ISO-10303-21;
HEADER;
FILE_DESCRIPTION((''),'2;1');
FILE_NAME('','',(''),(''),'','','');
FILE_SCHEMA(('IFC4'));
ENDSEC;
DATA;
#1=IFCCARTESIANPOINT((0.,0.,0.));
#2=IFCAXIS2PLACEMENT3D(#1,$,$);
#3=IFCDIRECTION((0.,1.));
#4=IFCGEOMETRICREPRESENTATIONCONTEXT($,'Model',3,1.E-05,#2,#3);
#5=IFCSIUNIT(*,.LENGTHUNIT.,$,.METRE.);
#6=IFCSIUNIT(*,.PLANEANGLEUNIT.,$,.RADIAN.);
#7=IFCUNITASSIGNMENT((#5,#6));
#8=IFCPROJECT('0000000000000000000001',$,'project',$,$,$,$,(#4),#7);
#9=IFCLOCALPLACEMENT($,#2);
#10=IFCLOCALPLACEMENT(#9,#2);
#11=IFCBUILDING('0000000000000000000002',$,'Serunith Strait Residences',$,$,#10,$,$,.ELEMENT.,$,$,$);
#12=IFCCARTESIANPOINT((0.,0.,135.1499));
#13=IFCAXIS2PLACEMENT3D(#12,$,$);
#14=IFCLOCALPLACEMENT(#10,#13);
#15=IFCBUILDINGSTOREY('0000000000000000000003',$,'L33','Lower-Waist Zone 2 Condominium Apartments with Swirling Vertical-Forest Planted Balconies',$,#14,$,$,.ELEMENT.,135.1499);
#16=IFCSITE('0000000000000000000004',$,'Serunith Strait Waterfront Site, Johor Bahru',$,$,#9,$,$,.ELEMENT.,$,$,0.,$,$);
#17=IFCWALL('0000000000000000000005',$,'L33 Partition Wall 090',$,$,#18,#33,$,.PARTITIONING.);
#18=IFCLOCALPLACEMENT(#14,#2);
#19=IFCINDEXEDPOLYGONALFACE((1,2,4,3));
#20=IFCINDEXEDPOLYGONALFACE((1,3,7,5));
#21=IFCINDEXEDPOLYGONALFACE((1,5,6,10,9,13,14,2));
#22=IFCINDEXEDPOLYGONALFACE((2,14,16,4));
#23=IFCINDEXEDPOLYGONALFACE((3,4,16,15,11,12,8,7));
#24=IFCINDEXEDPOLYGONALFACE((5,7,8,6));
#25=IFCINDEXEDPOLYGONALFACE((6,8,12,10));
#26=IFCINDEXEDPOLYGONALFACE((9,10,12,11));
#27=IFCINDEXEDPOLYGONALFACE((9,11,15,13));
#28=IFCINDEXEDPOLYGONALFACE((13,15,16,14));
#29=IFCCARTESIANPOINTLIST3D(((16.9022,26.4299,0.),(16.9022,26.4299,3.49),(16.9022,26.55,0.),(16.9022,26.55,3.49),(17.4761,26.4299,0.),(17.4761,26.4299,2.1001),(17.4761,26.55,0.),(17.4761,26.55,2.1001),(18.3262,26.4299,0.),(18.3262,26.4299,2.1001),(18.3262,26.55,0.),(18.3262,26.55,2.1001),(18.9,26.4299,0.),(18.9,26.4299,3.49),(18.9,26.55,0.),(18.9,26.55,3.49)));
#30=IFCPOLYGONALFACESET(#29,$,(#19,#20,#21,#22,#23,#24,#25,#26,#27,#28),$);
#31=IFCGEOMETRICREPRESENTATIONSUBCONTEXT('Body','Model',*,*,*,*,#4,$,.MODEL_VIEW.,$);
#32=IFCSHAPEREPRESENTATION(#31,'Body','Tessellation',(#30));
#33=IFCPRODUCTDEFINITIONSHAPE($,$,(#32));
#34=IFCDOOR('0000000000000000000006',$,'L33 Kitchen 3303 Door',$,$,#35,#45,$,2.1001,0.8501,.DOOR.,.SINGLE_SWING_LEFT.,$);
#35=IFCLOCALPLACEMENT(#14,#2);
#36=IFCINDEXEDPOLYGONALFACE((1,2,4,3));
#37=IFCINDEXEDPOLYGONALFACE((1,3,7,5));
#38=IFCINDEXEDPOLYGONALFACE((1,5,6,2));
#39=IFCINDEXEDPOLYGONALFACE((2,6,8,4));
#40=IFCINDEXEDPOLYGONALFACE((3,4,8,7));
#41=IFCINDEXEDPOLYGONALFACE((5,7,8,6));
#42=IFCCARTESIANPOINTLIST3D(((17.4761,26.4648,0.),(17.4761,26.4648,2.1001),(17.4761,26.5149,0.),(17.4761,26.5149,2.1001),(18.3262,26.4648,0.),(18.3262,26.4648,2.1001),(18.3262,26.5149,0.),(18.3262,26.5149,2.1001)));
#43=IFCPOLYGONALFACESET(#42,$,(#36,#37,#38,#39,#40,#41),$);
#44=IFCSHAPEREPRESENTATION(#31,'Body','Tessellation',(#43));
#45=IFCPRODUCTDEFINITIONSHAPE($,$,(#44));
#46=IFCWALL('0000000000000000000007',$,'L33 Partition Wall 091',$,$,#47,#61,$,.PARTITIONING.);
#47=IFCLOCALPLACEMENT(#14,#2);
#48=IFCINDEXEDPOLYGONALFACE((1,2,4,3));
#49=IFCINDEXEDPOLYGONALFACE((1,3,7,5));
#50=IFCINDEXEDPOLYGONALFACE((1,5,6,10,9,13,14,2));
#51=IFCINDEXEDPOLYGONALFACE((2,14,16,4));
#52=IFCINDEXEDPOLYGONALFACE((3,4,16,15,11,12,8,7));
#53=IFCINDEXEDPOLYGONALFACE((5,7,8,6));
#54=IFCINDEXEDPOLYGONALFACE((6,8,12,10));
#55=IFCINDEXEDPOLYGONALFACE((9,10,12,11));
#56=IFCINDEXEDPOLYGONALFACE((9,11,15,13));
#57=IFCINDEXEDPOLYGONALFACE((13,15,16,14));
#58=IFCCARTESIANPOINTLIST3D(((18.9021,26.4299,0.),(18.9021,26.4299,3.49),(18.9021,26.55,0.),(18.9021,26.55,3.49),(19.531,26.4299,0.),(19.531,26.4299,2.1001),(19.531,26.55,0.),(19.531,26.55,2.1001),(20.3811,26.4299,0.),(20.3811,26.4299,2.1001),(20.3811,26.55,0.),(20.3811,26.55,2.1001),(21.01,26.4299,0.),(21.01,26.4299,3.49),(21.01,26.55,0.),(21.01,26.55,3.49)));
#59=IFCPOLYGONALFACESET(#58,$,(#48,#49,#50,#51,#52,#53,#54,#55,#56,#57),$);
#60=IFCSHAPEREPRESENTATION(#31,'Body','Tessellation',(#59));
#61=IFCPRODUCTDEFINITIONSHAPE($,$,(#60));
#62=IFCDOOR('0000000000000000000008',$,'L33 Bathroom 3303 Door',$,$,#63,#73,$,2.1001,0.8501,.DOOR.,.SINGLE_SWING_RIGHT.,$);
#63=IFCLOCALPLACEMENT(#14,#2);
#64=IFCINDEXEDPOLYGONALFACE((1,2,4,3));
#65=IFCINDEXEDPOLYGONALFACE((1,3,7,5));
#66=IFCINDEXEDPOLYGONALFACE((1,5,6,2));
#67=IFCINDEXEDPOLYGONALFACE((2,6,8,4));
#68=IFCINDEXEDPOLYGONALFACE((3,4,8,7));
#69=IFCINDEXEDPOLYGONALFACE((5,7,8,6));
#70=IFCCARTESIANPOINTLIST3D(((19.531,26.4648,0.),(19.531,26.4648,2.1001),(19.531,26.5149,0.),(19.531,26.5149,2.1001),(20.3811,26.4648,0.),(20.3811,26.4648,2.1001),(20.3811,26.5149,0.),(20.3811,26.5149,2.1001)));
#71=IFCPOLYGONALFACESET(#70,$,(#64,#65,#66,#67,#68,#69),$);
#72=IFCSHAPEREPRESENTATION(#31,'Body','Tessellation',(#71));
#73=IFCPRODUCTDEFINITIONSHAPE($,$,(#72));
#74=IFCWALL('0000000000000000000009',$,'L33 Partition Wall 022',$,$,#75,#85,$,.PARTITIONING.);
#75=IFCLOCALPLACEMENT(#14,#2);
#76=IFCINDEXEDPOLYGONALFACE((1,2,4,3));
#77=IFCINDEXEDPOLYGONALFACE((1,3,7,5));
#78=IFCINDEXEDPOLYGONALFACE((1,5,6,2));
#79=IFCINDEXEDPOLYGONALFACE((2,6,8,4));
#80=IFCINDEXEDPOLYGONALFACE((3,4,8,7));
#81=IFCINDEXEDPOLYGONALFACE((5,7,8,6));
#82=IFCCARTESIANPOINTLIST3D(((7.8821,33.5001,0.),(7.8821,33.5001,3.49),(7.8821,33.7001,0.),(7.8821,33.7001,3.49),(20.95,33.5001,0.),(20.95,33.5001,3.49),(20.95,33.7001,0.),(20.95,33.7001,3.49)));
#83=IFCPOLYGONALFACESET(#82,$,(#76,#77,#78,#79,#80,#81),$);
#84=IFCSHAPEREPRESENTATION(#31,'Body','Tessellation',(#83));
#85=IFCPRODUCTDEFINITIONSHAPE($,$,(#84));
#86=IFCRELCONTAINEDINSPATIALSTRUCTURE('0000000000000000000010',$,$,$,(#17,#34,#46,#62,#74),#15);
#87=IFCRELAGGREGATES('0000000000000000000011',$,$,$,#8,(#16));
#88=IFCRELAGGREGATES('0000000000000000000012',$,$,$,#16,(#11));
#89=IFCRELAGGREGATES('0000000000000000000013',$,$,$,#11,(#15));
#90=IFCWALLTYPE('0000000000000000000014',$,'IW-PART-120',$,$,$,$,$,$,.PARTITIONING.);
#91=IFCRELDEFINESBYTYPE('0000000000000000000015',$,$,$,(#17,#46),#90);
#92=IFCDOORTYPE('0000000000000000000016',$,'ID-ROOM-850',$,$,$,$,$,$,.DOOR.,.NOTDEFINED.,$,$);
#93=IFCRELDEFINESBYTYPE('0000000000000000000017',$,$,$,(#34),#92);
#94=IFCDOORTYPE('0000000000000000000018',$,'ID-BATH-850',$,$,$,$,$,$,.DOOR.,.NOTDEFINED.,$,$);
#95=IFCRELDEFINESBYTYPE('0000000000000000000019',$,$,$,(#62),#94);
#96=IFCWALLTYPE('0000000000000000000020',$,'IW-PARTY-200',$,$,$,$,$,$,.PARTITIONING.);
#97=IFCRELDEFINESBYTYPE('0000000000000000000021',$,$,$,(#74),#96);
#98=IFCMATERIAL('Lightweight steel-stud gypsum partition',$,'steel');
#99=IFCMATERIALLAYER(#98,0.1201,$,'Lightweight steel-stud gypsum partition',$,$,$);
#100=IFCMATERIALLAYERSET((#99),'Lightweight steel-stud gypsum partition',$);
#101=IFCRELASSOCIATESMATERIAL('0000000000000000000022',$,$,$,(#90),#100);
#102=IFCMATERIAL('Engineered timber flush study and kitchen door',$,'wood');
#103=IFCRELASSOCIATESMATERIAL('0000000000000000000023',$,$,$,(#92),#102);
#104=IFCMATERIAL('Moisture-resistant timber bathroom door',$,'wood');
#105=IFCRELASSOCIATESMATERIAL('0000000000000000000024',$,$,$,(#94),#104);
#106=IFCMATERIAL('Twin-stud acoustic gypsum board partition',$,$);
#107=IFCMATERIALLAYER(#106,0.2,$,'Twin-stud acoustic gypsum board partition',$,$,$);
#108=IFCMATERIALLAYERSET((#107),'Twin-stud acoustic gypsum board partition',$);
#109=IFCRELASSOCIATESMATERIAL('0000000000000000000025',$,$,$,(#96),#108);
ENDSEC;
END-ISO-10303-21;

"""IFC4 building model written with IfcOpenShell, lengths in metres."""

from ifc_helpers import new_model, si_unit, direction, frame, frame_2d, origin, place, context, subcontext, project, spatial, rectangle, extrude, source, transform, mapped, material, layer, layer_set, type_object, element, fill, save


model = new_model("IFC4")

# Units and contexts
model_context = context("Model", 3, precision=1e-05, world=origin(), true_north=direction((0.0, 1.0)))
body_context = subcontext(model_context, "Body", "Model", "MODEL_VIEW")
ifc_project = project(units=[si_unit("LENGTHUNIT", "METRE"), si_unit("PLANEANGLEUNIT", "RADIAN")], contexts=[model_context])

# Site, building, storey
site_placement = place(None, origin())
site = spatial("IfcSite", under=ifc_project, at=site_placement, Name="Serunith Strait Waterfront Site, Johor Bahru", CompositionType="ELEMENT", RefElevation=0.0)
building_placement = place(site_placement, origin())
building = spatial("IfcBuilding", under=site, at=building_placement, Name="Serunith Strait Residences", CompositionType="ELEMENT")
storey_placement = place(building_placement, frame((0.0, 0.0, 135.1499)))
storey = spatial("IfcBuildingStorey", under=building, at=storey_placement, Name="L33", Description="Lower-Waist Zone 2 Condominium Apartments with Swirling Vertical-Forest Planted Balconies", CompositionType="ELEMENT", Elevation=135.1499)

# Walls, openings, doors
ifc_material_1 = material(Name="Lightweight steel-stud gypsum partition", Category="steel")
ifc_layer_1 = layer(ifc_material_1, 0.1201, Name="Lightweight steel-stud gypsum partition")
ifc_layer_set_1 = layer_set([ifc_layer_1], Name="Lightweight steel-stud gypsum partition")
wall_type_1 = type_object("IfcWallType", Name="IW-PART-120", PredefinedType="PARTITIONING", material=ifc_layer_set_1)
ifc_material_2 = material(Name="Engineered timber flush study and kitchen door", Category="wood")
door_type_1 = type_object("IfcDoorType", Name="ID-ROOM-850", OperationType="NOTDEFINED", PredefinedType="DOOR", material=ifc_material_2)
shared_shape_1 = source(origin(), body_context, "Body", "SweptSolid", [
    extrude(rectangle(XDim=0.8501, YDim=2.1001, at=frame_2d((0.425, 1.05))), frame((0.0, 0.0249, 0.0), z_axis=(0.0, -1.0, 0.0), x_axis=(1.0, 0.0, 0.0)), (0.0, 0.0, 1.0), 0.05),
])
wall_1_placement = place(storey_placement, frame((16.9021, 26.49, 0.0), z_axis=(0.0, 0.0, 1.0), x_axis=(1.0, 0.0, 0.0)))
wall_1 = element("IfcWall", 1, at=wall_1_placement, inside=storey, type_object=wall_type_1, Name="L33 Partition Wall 090", PredefinedType="PARTITIONING", context=body_context, shape_type="SweptSolid", body=[
    extrude(rectangle(XDim=1.9978, YDim=0.1201, at=frame_2d((0.999, 0.0))), origin(), (0.0, 0.0, 1.0), 3.49),
])
opening_1_placement = place(wall_1_placement, frame((0.574, 0.0, 0.0)))
opening_1 = element("IfcOpeningElement", 2, at=opening_1_placement, cuts=wall_1, PredefinedType="OPENING", context=body_context, shape_type="SweptSolid", body=[
    extrude(rectangle(XDim=0.8501, YDim=2.1001, at=frame_2d((0.425, 1.05))), frame((0.0, 0.0701, 0.0), z_axis=(0.0, -1.0, 0.0), x_axis=(1.0, 0.0, 0.0)), (0.0, 0.0, 1.0), 0.1401),
])
door_1_placement = place(opening_1_placement, origin())
door_1 = element("IfcDoor", 3, at=door_1_placement, inside=storey, type_object=door_type_1, Name="L33 Kitchen 3303 Door", OperationType="SINGLE_SWING_LEFT", OverallHeight=2.1001, OverallWidth=0.8501, PredefinedType="DOOR", context=body_context, shape_type="MappedRepresentation", body=[
    mapped(shared_shape_1, transform((0.0, 0.0, 0.0), scale=1.0)),
])
fill(opening_1, door_1)
wall_2_placement = place(storey_placement, frame((18.9021, 26.49, 0.0), z_axis=(0.0, 0.0, 1.0), x_axis=(1.0, 0.0, 0.0)))
wall_2 = element("IfcWall", 4, at=wall_2_placement, inside=storey, type_object=wall_type_1, Name="L33 Partition Wall 091", PredefinedType="PARTITIONING", context=body_context, shape_type="SweptSolid", body=[
    extrude(rectangle(XDim=2.1079, YDim=0.1201, at=frame_2d((1.054, 0.0))), origin(), (0.0, 0.0, 1.0), 3.49),
])
opening_2_placement = place(wall_2_placement, frame((0.6289, 0.0, 0.0)))
opening_2 = element("IfcOpeningElement", 5, at=opening_2_placement, cuts=wall_2, PredefinedType="OPENING", context=body_context, shape_type="SweptSolid", body=[
    extrude(rectangle(XDim=0.8501, YDim=2.1001, at=frame_2d((0.425, 1.05))), frame((0.0, 0.0701, 0.0), z_axis=(0.0, -1.0, 0.0), x_axis=(1.0, 0.0, 0.0)), (0.0, 0.0, 1.0), 0.1401),
])
ifc_material_3 = material(Name="Moisture-resistant timber bathroom door", Category="wood")
door_type_2 = type_object("IfcDoorType", Name="ID-BATH-850", OperationType="NOTDEFINED", PredefinedType="DOOR", material=ifc_material_3)
door_2_placement = place(opening_2_placement, origin())
door_2 = element("IfcDoor", 6, at=door_2_placement, inside=storey, type_object=door_type_2, Name="L33 Bathroom 3303 Door", OperationType="SINGLE_SWING_RIGHT", OverallHeight=2.1001, OverallWidth=0.8501, PredefinedType="DOOR", context=body_context, shape_type="MappedRepresentation", body=[
    mapped(shared_shape_1, transform((0.0, 0.0, 0.0), scale=1.0)),
])
fill(opening_2, door_2)

# Wall
ifc_material_4 = material(Name="Twin-stud acoustic gypsum board partition")
ifc_layer_2 = layer(ifc_material_4, 0.2, Name="Twin-stud acoustic gypsum board partition")
ifc_layer_set_2 = layer_set([ifc_layer_2], Name="Twin-stud acoustic gypsum board partition")
wall_type_2 = type_object("IfcWallType", Name="IW-PARTY-200", PredefinedType="PARTITIONING", material=ifc_layer_set_2)
wall_3_placement = place(storey_placement, frame((7.8821, 33.6001, 0.0), z_axis=(0.0, 0.0, 1.0), x_axis=(1.0, 0.0, 0.0)))
element("IfcWall", 7, at=wall_3_placement, inside=storey, type_object=wall_type_2, Name="L33 Partition Wall 022", PredefinedType="PARTITIONING", context=body_context, shape_type="SweptSolid", body=[
    extrude(rectangle(XDim=13.0679, YDim=0.2, at=frame_2d((6.5339, 0.0))), origin(), (0.0, 0.0, 1.0), 3.49),
])

save(model, "model.ifc")
